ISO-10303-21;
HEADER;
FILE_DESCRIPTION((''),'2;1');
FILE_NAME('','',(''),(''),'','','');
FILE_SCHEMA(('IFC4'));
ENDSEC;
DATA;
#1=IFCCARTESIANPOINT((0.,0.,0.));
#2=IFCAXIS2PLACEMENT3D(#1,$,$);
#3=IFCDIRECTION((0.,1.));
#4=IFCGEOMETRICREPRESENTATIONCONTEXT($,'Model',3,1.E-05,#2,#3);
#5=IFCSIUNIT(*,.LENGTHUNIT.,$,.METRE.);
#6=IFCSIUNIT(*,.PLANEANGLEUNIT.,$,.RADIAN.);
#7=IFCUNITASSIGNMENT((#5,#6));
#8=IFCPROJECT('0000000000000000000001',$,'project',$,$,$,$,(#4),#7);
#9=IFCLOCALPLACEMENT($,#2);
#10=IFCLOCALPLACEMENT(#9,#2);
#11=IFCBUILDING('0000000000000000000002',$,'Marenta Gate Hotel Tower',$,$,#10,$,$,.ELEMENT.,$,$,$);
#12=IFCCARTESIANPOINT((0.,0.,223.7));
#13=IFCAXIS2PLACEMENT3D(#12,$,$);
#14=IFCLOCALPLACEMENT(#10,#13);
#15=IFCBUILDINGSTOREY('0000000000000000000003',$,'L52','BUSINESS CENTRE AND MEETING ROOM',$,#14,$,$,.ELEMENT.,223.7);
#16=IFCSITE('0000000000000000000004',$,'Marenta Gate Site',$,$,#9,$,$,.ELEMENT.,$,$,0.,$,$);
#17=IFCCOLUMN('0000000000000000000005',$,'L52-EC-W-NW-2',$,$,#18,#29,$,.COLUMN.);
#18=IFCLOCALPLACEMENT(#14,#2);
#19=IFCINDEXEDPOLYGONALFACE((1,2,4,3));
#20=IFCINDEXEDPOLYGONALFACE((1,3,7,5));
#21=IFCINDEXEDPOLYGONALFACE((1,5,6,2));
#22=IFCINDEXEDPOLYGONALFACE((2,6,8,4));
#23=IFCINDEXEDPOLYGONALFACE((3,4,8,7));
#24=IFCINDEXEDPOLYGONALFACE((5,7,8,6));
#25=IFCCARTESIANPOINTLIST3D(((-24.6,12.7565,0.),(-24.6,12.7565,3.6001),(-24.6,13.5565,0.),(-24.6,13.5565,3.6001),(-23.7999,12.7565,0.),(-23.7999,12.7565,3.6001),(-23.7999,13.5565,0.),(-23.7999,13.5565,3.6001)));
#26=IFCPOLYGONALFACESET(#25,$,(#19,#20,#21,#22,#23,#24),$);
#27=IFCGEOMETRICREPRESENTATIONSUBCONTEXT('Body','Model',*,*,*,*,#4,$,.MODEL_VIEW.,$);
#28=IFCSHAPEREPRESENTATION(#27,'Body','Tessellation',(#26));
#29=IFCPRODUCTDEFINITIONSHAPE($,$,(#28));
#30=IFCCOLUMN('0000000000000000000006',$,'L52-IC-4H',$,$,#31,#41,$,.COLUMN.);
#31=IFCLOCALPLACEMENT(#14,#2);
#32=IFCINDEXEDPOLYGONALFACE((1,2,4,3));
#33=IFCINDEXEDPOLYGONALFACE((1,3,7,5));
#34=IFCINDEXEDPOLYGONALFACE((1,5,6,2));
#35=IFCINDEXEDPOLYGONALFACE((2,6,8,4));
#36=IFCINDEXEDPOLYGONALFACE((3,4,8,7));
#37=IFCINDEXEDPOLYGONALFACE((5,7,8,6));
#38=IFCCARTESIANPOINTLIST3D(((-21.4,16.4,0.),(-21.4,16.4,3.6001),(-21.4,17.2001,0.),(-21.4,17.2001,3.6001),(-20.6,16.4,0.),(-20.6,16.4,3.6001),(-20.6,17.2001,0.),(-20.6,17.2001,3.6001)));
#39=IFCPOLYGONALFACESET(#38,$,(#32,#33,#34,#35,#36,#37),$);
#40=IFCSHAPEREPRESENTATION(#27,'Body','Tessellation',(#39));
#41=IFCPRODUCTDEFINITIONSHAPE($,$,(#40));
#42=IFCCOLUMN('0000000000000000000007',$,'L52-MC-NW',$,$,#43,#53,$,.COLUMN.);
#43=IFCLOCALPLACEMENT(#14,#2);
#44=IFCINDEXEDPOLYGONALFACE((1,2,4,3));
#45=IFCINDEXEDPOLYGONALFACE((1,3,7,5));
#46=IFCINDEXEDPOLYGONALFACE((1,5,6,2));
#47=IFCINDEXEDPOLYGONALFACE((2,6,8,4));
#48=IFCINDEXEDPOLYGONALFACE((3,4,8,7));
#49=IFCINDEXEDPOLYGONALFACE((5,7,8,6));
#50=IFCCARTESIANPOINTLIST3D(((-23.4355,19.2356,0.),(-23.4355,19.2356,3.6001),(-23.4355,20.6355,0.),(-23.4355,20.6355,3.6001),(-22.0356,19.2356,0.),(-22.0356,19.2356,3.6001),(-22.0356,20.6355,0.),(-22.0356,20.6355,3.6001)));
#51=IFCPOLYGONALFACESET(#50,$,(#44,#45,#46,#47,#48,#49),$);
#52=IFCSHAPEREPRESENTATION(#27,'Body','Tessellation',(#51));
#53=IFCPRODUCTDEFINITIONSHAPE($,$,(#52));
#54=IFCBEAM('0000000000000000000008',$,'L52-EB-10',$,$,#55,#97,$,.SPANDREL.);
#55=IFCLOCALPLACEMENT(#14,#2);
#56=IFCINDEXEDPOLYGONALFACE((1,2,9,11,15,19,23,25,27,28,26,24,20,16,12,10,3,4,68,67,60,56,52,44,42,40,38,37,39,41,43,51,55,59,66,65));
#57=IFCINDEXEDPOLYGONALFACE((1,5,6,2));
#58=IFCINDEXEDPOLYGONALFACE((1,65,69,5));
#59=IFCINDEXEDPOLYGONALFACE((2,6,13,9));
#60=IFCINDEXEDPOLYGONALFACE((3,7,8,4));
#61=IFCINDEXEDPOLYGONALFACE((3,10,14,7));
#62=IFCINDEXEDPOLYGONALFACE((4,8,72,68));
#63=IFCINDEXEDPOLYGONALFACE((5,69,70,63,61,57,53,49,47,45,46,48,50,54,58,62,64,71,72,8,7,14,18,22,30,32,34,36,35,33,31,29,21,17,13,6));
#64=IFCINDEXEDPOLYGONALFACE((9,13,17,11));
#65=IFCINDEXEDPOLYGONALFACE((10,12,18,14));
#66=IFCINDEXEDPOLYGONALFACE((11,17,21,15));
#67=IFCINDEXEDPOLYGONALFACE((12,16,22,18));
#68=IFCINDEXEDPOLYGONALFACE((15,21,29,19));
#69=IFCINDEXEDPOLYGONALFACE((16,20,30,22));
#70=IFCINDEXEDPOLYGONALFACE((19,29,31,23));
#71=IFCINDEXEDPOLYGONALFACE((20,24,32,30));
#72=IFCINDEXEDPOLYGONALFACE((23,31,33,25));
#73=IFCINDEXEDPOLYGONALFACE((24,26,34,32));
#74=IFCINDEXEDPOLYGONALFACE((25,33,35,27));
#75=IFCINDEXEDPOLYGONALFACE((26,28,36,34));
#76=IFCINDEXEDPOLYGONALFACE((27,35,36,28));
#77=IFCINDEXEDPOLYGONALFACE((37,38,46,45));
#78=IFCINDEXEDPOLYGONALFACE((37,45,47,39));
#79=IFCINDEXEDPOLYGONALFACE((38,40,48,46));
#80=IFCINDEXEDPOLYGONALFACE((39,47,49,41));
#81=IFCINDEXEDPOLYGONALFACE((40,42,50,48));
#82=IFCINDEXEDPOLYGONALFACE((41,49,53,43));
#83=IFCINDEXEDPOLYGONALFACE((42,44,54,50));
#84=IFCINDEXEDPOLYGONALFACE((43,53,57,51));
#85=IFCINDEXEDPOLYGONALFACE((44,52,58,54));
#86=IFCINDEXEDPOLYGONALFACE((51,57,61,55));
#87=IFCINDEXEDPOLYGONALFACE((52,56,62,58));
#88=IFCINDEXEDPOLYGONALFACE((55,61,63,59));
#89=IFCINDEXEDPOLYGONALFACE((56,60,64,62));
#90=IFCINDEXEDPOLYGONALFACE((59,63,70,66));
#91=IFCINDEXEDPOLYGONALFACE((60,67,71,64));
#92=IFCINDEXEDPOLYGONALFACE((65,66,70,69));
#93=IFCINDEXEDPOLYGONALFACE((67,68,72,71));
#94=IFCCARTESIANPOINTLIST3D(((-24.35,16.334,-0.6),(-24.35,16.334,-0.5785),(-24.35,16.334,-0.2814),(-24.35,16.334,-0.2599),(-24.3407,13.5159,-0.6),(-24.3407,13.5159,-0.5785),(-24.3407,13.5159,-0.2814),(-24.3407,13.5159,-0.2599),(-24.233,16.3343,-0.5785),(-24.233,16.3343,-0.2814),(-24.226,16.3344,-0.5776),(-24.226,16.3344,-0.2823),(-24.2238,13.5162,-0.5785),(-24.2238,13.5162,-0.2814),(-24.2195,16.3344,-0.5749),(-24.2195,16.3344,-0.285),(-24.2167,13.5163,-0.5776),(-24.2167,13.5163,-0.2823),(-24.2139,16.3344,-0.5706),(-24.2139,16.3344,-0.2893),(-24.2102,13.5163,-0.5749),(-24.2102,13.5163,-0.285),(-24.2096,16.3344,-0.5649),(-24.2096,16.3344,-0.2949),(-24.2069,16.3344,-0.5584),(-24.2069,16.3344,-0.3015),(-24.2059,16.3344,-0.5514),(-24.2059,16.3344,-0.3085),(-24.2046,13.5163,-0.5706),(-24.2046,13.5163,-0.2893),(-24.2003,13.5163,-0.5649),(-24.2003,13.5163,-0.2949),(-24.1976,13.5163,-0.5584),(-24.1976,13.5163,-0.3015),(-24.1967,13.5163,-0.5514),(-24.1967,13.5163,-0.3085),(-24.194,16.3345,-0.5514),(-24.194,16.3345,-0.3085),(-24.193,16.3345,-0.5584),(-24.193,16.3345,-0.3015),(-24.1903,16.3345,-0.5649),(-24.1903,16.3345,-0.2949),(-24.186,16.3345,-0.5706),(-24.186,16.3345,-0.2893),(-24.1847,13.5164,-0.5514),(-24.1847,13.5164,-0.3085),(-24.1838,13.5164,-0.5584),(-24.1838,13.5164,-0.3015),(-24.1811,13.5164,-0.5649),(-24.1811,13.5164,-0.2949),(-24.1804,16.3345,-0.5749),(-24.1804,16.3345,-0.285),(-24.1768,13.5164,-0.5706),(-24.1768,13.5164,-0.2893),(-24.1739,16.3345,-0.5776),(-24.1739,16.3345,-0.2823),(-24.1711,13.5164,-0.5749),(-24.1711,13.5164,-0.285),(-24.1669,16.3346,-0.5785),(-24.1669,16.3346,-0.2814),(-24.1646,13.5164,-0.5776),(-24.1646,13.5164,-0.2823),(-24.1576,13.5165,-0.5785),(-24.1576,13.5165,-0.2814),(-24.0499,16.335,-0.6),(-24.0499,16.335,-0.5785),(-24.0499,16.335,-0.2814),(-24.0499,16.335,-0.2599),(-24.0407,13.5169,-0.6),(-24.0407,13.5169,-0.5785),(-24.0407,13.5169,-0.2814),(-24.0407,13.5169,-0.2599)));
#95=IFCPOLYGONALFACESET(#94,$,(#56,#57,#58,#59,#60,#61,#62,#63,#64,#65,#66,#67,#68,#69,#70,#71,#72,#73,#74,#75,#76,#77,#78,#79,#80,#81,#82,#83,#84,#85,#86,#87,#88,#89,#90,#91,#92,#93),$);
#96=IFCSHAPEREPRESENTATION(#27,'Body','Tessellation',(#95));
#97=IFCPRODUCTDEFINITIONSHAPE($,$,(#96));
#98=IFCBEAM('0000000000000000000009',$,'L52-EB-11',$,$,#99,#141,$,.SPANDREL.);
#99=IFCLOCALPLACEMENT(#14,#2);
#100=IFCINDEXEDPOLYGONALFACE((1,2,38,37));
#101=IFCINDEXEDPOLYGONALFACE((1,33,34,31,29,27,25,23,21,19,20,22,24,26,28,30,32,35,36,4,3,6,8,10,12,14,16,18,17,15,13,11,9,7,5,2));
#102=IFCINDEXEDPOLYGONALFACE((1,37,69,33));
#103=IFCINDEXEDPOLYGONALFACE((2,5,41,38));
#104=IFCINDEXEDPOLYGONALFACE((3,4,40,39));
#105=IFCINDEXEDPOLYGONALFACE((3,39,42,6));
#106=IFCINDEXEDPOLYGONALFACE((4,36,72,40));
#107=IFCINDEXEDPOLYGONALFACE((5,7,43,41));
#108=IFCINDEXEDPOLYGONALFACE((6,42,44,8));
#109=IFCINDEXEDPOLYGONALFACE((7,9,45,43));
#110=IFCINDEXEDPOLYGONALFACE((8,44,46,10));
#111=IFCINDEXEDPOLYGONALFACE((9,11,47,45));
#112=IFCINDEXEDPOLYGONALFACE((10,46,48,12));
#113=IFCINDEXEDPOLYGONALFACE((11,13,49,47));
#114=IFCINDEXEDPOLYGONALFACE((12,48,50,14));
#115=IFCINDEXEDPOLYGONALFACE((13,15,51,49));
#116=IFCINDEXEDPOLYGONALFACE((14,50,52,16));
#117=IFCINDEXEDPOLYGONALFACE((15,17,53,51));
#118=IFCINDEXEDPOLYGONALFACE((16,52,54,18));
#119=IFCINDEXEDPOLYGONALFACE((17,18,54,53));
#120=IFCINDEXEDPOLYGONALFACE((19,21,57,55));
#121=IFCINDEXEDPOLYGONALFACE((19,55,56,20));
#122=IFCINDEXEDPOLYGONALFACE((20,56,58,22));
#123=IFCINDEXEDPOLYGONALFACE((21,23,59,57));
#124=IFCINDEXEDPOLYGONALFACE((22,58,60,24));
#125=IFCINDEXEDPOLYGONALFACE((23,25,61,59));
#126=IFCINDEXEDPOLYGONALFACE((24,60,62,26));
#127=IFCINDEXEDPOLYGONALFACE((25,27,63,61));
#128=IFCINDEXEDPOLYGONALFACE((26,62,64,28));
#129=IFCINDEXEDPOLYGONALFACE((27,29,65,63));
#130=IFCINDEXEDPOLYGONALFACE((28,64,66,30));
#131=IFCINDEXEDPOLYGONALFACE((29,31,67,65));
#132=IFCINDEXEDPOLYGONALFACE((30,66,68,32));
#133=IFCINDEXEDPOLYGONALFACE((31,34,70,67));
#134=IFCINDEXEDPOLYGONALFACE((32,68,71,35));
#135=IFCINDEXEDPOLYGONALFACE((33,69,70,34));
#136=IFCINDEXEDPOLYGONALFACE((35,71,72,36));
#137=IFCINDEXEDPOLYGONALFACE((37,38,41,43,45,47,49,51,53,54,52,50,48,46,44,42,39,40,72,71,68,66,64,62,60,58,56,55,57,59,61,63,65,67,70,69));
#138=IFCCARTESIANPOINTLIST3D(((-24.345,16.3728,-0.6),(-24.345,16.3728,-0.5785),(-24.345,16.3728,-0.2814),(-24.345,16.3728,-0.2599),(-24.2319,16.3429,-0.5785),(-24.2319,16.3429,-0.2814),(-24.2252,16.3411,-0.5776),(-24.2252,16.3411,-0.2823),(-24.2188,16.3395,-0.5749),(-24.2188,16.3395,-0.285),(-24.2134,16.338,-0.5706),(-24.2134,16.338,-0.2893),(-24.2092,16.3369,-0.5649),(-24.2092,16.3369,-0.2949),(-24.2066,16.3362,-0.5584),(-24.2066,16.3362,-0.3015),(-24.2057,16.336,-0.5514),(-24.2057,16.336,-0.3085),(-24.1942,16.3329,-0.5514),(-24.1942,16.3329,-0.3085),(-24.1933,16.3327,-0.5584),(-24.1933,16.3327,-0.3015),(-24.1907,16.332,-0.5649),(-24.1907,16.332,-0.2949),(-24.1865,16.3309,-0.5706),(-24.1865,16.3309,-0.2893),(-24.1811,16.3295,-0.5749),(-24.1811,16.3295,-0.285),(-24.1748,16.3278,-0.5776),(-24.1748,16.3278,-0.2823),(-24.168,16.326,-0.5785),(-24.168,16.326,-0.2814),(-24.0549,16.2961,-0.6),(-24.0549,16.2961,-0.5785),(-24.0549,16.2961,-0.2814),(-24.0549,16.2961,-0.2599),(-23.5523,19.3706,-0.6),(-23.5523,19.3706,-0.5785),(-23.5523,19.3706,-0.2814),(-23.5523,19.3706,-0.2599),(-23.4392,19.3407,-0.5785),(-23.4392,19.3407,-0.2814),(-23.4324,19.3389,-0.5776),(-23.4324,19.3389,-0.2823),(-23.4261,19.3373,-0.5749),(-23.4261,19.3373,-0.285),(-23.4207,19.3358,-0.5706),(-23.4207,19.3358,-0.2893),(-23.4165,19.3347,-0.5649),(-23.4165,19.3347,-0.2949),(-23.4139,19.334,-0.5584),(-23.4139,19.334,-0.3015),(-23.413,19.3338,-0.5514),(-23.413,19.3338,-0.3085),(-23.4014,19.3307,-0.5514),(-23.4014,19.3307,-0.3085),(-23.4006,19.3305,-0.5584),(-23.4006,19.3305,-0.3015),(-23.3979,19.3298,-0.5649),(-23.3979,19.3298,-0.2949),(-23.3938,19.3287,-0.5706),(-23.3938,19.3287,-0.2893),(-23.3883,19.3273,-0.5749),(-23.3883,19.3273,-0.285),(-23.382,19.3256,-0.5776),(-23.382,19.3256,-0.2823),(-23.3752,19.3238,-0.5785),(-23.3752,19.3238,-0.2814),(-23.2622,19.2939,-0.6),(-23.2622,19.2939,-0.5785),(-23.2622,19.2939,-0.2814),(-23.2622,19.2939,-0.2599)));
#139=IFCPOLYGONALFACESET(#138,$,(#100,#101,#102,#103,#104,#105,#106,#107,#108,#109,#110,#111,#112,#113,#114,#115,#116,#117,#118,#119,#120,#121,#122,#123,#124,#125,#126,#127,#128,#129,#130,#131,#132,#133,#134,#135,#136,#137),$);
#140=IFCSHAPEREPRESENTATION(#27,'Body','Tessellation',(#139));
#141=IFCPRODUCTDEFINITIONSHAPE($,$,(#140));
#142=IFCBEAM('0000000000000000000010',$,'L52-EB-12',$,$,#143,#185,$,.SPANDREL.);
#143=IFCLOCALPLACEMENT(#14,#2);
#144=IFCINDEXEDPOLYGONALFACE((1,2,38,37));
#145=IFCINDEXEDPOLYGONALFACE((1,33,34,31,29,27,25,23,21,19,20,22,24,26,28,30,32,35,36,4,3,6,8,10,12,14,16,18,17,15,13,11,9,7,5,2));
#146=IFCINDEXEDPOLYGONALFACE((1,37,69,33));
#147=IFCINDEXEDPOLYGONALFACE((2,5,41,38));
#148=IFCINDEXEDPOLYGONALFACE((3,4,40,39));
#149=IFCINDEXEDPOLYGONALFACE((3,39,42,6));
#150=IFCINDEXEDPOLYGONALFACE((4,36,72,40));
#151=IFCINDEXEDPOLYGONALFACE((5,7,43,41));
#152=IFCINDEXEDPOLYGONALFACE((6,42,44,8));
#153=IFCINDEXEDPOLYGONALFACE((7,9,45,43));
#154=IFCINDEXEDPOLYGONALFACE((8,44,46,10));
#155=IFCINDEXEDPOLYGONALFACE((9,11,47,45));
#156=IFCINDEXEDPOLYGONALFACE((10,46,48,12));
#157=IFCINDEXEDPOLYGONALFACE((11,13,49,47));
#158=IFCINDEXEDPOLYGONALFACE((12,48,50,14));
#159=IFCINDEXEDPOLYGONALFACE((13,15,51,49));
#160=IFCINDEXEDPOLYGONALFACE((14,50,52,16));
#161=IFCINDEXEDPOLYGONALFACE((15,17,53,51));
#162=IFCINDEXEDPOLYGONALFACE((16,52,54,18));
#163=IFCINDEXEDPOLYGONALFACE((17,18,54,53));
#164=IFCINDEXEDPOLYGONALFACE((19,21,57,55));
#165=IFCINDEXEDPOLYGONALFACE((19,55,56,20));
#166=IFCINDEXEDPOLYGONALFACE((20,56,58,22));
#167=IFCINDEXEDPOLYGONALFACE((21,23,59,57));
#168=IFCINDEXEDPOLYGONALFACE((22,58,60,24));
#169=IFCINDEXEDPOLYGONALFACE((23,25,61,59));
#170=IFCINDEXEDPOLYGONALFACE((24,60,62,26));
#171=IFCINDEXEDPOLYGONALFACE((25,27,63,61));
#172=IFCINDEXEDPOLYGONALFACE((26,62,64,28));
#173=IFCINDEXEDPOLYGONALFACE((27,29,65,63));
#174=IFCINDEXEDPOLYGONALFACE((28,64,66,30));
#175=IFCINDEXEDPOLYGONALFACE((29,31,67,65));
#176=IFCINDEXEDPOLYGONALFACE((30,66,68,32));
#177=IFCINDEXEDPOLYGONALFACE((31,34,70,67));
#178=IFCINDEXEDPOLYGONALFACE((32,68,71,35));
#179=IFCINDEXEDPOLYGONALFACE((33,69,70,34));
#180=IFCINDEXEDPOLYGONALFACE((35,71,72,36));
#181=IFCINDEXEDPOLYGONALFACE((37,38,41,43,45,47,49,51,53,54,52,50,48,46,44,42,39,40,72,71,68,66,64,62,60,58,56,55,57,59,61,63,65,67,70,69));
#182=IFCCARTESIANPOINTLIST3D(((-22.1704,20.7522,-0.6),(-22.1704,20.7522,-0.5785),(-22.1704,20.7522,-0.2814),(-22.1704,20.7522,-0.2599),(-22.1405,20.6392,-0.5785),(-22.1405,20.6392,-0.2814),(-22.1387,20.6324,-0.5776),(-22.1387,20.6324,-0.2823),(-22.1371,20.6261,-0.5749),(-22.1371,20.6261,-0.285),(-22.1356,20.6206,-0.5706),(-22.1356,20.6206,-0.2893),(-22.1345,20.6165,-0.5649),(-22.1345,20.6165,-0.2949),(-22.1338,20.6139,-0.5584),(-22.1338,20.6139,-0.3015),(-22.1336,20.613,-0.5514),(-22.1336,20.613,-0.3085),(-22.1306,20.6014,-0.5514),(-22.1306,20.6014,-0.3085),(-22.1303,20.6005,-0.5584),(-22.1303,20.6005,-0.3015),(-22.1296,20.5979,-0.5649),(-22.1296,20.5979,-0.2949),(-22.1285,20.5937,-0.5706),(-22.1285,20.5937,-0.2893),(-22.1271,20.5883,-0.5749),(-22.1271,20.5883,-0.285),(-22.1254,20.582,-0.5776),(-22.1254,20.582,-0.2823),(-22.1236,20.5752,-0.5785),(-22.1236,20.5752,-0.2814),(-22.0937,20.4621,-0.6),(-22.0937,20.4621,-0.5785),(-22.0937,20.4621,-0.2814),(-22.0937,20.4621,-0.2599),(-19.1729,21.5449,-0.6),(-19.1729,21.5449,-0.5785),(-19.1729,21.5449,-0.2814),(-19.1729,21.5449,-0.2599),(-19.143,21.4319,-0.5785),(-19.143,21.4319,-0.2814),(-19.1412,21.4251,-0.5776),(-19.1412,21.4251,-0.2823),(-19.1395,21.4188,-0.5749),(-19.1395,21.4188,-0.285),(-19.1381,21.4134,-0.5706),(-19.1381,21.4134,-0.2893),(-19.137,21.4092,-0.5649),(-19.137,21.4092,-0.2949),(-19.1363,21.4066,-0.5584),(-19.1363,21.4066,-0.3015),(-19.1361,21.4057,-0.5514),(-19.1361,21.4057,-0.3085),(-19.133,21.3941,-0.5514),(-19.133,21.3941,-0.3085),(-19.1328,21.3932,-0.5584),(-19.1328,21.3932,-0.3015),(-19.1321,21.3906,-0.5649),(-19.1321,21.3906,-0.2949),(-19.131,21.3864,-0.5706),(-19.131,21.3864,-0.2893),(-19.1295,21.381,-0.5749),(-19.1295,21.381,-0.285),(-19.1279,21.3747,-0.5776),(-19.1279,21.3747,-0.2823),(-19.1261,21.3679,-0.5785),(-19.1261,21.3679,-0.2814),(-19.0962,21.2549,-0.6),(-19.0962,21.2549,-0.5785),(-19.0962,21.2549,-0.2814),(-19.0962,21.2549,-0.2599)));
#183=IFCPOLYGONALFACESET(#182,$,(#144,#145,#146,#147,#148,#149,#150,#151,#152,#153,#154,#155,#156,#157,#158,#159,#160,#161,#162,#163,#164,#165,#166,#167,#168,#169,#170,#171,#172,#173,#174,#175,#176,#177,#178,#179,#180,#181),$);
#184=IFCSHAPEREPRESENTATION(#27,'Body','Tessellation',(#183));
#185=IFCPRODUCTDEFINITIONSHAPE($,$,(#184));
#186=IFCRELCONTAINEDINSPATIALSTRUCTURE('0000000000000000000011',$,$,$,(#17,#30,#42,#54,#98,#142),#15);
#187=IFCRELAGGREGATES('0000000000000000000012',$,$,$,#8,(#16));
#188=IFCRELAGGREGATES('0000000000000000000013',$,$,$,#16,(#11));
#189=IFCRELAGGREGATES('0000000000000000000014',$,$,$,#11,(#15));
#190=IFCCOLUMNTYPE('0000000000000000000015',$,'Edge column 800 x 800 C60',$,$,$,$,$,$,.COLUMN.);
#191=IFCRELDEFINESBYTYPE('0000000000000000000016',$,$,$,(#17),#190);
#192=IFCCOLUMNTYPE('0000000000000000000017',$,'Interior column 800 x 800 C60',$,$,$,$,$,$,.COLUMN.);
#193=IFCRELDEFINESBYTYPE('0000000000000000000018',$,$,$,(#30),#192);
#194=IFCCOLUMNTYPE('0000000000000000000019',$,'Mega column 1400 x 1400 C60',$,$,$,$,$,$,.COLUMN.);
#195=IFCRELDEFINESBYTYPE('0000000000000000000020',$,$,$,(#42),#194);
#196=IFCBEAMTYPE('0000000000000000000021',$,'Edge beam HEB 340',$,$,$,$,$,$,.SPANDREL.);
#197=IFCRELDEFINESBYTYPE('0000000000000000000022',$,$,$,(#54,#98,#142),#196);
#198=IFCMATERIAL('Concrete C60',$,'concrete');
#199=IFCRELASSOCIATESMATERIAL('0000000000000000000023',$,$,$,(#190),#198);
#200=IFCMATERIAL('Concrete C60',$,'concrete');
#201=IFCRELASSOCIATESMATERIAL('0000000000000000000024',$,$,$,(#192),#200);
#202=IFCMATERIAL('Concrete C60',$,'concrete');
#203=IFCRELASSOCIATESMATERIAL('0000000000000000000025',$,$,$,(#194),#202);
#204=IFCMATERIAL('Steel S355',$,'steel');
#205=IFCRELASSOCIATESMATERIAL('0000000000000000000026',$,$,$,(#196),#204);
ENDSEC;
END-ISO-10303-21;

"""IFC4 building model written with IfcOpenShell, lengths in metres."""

from ifc_helpers import new_model, si_unit, direction, frame, origin, origin_2d, place, context, subcontext, project, spatial, rectangle, i_section, extrude, material, material_profile, profile_set, type_object, element, save


model = new_model("IFC4")

# Units and contexts
model_context = context("Model", 3, precision=1e-05, world=origin(), true_north=direction((0.0, 1.0)))
body_context = subcontext(model_context, "Body", "Model", "MODEL_VIEW")
ifc_project = project(units=[si_unit("LENGTHUNIT", "METRE"), si_unit("PLANEANGLEUNIT", "RADIAN")], contexts=[model_context])

# Site, building, storey
site_placement = place(None, origin())
site = spatial("IfcSite", under=ifc_project, at=site_placement, Name="Marenta Gate Site", CompositionType="ELEMENT", RefElevation=0.0)
building_placement = place(site_placement, origin())
building = spatial("IfcBuilding", under=site, at=building_placement, Name="Marenta Gate Hotel Tower", CompositionType="ELEMENT")
storey_placement = place(building_placement, frame((0.0, 0.0, 223.7)))
storey = spatial("IfcBuildingStorey", under=building, at=storey_placement, Name="L52", Description="BUSINESS CENTRE AND MEETING ROOM", CompositionType="ELEMENT", Elevation=223.7)

# Columns
ifc_material_1 = material(Name="Concrete C60", Category="concrete")
ifc_material_profile_1 = material_profile(ifc_material_1, rectangle(XDim=0.8, YDim=0.8, at=origin_2d()), Name="800 x 800")
ifc_profile_set_1 = profile_set([ifc_material_profile_1], Name="Concrete C60")
column_type_1 = type_object("IfcColumnType", Name="Edge column 800 x 800 C60", PredefinedType="COLUMN", material=ifc_profile_set_1)
column_1_placement = place(storey_placement, frame((-24.2, 13.1565, 0.0), z_axis=(0.0, 0.0, 1.0), x_axis=(1.0, 0.0, 0.0)))
element("IfcColumn", 1, at=column_1_placement, inside=storey, type_object=column_type_1, Name="L52-EC-W-NW-2", PredefinedType="COLUMN", context=body_context, shape_type="SweptSolid", body=[
    extrude(rectangle(XDim=0.8, YDim=0.8, at=origin_2d()), origin(), (0.0, 0.0, 1.0), 3.6001),
])
ifc_material_2 = material(Name="Concrete C60", Category="concrete")
ifc_material_profile_2 = material_profile(ifc_material_2, rectangle(XDim=0.8, YDim=0.8, at=origin_2d()), Name="800 x 800")
ifc_profile_set_2 = profile_set([ifc_material_profile_2], Name="Concrete C60")
column_type_2 = type_object("IfcColumnType", Name="Interior column 800 x 800 C60", PredefinedType="COLUMN", material=ifc_profile_set_2)
column_2_placement = place(storey_placement, frame((-21.0, 16.8, 0.0), z_axis=(0.0, 0.0, 1.0), x_axis=(1.0, 0.0, 0.0)))
element("IfcColumn", 2, at=column_2_placement, inside=storey, type_object=column_type_2, Name="L52-IC-4H", PredefinedType="COLUMN", context=body_context, shape_type="SweptSolid", body=[
    extrude(rectangle(XDim=0.8, YDim=0.8, at=origin_2d()), origin(), (0.0, 0.0, 1.0), 3.6001),
])
ifc_material_3 = material(Name="Concrete C60", Category="concrete")
ifc_material_profile_3 = material_profile(ifc_material_3, rectangle(XDim=1.3999, YDim=1.3999, at=origin_2d()), Name="1400 x 1400")
ifc_profile_set_3 = profile_set([ifc_material_profile_3], Name="Concrete C60")
column_type_3 = type_object("IfcColumnType", Name="Mega column 1400 x 1400 C60", PredefinedType="COLUMN", material=ifc_profile_set_3)
column_3_placement = place(storey_placement, frame((-22.7356, 19.9355, 0.0), z_axis=(0.0, 0.0, 1.0), x_axis=(1.0, 0.0, 0.0)))
element("IfcColumn", 3, at=column_3_placement, inside=storey, type_object=column_type_3, Name="L52-MC-NW", PredefinedType="COLUMN", context=body_context, shape_type="SweptSolid", body=[
    extrude(rectangle(XDim=1.3999, YDim=1.3999, at=origin_2d()), origin(), (0.0, 0.0, 1.0), 3.6001),
])

# Beams
ifc_material_4 = material(Name="Steel S355", Category="steel")
ifc_material_profile_4 = material_profile(ifc_material_4, i_section(OverallWidth=0.3, OverallDepth=0.3401, WebThickness=0.012, FlangeThickness=0.0215, FilletRadius=0.0271, at=origin_2d()), Name="HEB 340")
ifc_profile_set_4 = profile_set([ifc_material_profile_4], Name="Steel S355")
beam_type_1 = type_object("IfcBeamType", Name="Edge beam HEB 340", PredefinedType="SPANDREL", material=ifc_profile_set_4)
beam_1_placement = place(storey_placement, frame((-24.1907, 13.5164, -0.4299), z_axis=(-0.003292, 0.999995, 0.0), x_axis=(-0.999995, -0.003292, 0.0)))
element("IfcBeam", 4, at=beam_1_placement, inside=storey, type_object=beam_type_1, Name="L52-EB-10", PredefinedType="SPANDREL", context=body_context, shape_type="SweptSolid", body=[
    extrude(i_section(OverallWidth=0.3, OverallDepth=0.3401, WebThickness=0.012, FlangeThickness=0.0215, FilletRadius=0.0271, at=origin_2d()), origin(), (0.0, 0.0, 1.0), 2.8181),
])
beam_2_placement = place(storey_placement, frame((-24.2, 16.3345, -0.4299), z_axis=(0.255648, 0.96677, 0.0), x_axis=(-0.96677, 0.255648, 0.0)))
element("IfcBeam", 5, at=beam_2_placement, inside=storey, type_object=beam_type_1, Name="L52-EB-11", PredefinedType="SPANDREL", context=body_context, shape_type="SweptSolid", body=[
    extrude(i_section(OverallWidth=0.3, OverallDepth=0.3401, WebThickness=0.012, FlangeThickness=0.0215, FilletRadius=0.0271, at=origin_2d()), origin(), (0.0, 0.0, 1.0), 3.1008),
])
beam_3_placement = place(storey_placement, frame((-22.1321, 20.6072, -0.4299), z_axis=(0.966765, 0.255667, 0.0), x_axis=(-0.255667, 0.966765, 0.0)))
element("IfcBeam", 6, at=beam_3_placement, inside=storey, type_object=beam_type_1, Name="L52-EB-12", PredefinedType="SPANDREL", context=body_context, shape_type="SweptSolid", body=[
    extrude(i_section(OverallWidth=0.3, OverallDepth=0.3401, WebThickness=0.012, FlangeThickness=0.0215, FilletRadius=0.0271, at=origin_2d()), origin(), (0.0, 0.0, 1.0), 3.1006),
])

save(model, "model.ifc")
